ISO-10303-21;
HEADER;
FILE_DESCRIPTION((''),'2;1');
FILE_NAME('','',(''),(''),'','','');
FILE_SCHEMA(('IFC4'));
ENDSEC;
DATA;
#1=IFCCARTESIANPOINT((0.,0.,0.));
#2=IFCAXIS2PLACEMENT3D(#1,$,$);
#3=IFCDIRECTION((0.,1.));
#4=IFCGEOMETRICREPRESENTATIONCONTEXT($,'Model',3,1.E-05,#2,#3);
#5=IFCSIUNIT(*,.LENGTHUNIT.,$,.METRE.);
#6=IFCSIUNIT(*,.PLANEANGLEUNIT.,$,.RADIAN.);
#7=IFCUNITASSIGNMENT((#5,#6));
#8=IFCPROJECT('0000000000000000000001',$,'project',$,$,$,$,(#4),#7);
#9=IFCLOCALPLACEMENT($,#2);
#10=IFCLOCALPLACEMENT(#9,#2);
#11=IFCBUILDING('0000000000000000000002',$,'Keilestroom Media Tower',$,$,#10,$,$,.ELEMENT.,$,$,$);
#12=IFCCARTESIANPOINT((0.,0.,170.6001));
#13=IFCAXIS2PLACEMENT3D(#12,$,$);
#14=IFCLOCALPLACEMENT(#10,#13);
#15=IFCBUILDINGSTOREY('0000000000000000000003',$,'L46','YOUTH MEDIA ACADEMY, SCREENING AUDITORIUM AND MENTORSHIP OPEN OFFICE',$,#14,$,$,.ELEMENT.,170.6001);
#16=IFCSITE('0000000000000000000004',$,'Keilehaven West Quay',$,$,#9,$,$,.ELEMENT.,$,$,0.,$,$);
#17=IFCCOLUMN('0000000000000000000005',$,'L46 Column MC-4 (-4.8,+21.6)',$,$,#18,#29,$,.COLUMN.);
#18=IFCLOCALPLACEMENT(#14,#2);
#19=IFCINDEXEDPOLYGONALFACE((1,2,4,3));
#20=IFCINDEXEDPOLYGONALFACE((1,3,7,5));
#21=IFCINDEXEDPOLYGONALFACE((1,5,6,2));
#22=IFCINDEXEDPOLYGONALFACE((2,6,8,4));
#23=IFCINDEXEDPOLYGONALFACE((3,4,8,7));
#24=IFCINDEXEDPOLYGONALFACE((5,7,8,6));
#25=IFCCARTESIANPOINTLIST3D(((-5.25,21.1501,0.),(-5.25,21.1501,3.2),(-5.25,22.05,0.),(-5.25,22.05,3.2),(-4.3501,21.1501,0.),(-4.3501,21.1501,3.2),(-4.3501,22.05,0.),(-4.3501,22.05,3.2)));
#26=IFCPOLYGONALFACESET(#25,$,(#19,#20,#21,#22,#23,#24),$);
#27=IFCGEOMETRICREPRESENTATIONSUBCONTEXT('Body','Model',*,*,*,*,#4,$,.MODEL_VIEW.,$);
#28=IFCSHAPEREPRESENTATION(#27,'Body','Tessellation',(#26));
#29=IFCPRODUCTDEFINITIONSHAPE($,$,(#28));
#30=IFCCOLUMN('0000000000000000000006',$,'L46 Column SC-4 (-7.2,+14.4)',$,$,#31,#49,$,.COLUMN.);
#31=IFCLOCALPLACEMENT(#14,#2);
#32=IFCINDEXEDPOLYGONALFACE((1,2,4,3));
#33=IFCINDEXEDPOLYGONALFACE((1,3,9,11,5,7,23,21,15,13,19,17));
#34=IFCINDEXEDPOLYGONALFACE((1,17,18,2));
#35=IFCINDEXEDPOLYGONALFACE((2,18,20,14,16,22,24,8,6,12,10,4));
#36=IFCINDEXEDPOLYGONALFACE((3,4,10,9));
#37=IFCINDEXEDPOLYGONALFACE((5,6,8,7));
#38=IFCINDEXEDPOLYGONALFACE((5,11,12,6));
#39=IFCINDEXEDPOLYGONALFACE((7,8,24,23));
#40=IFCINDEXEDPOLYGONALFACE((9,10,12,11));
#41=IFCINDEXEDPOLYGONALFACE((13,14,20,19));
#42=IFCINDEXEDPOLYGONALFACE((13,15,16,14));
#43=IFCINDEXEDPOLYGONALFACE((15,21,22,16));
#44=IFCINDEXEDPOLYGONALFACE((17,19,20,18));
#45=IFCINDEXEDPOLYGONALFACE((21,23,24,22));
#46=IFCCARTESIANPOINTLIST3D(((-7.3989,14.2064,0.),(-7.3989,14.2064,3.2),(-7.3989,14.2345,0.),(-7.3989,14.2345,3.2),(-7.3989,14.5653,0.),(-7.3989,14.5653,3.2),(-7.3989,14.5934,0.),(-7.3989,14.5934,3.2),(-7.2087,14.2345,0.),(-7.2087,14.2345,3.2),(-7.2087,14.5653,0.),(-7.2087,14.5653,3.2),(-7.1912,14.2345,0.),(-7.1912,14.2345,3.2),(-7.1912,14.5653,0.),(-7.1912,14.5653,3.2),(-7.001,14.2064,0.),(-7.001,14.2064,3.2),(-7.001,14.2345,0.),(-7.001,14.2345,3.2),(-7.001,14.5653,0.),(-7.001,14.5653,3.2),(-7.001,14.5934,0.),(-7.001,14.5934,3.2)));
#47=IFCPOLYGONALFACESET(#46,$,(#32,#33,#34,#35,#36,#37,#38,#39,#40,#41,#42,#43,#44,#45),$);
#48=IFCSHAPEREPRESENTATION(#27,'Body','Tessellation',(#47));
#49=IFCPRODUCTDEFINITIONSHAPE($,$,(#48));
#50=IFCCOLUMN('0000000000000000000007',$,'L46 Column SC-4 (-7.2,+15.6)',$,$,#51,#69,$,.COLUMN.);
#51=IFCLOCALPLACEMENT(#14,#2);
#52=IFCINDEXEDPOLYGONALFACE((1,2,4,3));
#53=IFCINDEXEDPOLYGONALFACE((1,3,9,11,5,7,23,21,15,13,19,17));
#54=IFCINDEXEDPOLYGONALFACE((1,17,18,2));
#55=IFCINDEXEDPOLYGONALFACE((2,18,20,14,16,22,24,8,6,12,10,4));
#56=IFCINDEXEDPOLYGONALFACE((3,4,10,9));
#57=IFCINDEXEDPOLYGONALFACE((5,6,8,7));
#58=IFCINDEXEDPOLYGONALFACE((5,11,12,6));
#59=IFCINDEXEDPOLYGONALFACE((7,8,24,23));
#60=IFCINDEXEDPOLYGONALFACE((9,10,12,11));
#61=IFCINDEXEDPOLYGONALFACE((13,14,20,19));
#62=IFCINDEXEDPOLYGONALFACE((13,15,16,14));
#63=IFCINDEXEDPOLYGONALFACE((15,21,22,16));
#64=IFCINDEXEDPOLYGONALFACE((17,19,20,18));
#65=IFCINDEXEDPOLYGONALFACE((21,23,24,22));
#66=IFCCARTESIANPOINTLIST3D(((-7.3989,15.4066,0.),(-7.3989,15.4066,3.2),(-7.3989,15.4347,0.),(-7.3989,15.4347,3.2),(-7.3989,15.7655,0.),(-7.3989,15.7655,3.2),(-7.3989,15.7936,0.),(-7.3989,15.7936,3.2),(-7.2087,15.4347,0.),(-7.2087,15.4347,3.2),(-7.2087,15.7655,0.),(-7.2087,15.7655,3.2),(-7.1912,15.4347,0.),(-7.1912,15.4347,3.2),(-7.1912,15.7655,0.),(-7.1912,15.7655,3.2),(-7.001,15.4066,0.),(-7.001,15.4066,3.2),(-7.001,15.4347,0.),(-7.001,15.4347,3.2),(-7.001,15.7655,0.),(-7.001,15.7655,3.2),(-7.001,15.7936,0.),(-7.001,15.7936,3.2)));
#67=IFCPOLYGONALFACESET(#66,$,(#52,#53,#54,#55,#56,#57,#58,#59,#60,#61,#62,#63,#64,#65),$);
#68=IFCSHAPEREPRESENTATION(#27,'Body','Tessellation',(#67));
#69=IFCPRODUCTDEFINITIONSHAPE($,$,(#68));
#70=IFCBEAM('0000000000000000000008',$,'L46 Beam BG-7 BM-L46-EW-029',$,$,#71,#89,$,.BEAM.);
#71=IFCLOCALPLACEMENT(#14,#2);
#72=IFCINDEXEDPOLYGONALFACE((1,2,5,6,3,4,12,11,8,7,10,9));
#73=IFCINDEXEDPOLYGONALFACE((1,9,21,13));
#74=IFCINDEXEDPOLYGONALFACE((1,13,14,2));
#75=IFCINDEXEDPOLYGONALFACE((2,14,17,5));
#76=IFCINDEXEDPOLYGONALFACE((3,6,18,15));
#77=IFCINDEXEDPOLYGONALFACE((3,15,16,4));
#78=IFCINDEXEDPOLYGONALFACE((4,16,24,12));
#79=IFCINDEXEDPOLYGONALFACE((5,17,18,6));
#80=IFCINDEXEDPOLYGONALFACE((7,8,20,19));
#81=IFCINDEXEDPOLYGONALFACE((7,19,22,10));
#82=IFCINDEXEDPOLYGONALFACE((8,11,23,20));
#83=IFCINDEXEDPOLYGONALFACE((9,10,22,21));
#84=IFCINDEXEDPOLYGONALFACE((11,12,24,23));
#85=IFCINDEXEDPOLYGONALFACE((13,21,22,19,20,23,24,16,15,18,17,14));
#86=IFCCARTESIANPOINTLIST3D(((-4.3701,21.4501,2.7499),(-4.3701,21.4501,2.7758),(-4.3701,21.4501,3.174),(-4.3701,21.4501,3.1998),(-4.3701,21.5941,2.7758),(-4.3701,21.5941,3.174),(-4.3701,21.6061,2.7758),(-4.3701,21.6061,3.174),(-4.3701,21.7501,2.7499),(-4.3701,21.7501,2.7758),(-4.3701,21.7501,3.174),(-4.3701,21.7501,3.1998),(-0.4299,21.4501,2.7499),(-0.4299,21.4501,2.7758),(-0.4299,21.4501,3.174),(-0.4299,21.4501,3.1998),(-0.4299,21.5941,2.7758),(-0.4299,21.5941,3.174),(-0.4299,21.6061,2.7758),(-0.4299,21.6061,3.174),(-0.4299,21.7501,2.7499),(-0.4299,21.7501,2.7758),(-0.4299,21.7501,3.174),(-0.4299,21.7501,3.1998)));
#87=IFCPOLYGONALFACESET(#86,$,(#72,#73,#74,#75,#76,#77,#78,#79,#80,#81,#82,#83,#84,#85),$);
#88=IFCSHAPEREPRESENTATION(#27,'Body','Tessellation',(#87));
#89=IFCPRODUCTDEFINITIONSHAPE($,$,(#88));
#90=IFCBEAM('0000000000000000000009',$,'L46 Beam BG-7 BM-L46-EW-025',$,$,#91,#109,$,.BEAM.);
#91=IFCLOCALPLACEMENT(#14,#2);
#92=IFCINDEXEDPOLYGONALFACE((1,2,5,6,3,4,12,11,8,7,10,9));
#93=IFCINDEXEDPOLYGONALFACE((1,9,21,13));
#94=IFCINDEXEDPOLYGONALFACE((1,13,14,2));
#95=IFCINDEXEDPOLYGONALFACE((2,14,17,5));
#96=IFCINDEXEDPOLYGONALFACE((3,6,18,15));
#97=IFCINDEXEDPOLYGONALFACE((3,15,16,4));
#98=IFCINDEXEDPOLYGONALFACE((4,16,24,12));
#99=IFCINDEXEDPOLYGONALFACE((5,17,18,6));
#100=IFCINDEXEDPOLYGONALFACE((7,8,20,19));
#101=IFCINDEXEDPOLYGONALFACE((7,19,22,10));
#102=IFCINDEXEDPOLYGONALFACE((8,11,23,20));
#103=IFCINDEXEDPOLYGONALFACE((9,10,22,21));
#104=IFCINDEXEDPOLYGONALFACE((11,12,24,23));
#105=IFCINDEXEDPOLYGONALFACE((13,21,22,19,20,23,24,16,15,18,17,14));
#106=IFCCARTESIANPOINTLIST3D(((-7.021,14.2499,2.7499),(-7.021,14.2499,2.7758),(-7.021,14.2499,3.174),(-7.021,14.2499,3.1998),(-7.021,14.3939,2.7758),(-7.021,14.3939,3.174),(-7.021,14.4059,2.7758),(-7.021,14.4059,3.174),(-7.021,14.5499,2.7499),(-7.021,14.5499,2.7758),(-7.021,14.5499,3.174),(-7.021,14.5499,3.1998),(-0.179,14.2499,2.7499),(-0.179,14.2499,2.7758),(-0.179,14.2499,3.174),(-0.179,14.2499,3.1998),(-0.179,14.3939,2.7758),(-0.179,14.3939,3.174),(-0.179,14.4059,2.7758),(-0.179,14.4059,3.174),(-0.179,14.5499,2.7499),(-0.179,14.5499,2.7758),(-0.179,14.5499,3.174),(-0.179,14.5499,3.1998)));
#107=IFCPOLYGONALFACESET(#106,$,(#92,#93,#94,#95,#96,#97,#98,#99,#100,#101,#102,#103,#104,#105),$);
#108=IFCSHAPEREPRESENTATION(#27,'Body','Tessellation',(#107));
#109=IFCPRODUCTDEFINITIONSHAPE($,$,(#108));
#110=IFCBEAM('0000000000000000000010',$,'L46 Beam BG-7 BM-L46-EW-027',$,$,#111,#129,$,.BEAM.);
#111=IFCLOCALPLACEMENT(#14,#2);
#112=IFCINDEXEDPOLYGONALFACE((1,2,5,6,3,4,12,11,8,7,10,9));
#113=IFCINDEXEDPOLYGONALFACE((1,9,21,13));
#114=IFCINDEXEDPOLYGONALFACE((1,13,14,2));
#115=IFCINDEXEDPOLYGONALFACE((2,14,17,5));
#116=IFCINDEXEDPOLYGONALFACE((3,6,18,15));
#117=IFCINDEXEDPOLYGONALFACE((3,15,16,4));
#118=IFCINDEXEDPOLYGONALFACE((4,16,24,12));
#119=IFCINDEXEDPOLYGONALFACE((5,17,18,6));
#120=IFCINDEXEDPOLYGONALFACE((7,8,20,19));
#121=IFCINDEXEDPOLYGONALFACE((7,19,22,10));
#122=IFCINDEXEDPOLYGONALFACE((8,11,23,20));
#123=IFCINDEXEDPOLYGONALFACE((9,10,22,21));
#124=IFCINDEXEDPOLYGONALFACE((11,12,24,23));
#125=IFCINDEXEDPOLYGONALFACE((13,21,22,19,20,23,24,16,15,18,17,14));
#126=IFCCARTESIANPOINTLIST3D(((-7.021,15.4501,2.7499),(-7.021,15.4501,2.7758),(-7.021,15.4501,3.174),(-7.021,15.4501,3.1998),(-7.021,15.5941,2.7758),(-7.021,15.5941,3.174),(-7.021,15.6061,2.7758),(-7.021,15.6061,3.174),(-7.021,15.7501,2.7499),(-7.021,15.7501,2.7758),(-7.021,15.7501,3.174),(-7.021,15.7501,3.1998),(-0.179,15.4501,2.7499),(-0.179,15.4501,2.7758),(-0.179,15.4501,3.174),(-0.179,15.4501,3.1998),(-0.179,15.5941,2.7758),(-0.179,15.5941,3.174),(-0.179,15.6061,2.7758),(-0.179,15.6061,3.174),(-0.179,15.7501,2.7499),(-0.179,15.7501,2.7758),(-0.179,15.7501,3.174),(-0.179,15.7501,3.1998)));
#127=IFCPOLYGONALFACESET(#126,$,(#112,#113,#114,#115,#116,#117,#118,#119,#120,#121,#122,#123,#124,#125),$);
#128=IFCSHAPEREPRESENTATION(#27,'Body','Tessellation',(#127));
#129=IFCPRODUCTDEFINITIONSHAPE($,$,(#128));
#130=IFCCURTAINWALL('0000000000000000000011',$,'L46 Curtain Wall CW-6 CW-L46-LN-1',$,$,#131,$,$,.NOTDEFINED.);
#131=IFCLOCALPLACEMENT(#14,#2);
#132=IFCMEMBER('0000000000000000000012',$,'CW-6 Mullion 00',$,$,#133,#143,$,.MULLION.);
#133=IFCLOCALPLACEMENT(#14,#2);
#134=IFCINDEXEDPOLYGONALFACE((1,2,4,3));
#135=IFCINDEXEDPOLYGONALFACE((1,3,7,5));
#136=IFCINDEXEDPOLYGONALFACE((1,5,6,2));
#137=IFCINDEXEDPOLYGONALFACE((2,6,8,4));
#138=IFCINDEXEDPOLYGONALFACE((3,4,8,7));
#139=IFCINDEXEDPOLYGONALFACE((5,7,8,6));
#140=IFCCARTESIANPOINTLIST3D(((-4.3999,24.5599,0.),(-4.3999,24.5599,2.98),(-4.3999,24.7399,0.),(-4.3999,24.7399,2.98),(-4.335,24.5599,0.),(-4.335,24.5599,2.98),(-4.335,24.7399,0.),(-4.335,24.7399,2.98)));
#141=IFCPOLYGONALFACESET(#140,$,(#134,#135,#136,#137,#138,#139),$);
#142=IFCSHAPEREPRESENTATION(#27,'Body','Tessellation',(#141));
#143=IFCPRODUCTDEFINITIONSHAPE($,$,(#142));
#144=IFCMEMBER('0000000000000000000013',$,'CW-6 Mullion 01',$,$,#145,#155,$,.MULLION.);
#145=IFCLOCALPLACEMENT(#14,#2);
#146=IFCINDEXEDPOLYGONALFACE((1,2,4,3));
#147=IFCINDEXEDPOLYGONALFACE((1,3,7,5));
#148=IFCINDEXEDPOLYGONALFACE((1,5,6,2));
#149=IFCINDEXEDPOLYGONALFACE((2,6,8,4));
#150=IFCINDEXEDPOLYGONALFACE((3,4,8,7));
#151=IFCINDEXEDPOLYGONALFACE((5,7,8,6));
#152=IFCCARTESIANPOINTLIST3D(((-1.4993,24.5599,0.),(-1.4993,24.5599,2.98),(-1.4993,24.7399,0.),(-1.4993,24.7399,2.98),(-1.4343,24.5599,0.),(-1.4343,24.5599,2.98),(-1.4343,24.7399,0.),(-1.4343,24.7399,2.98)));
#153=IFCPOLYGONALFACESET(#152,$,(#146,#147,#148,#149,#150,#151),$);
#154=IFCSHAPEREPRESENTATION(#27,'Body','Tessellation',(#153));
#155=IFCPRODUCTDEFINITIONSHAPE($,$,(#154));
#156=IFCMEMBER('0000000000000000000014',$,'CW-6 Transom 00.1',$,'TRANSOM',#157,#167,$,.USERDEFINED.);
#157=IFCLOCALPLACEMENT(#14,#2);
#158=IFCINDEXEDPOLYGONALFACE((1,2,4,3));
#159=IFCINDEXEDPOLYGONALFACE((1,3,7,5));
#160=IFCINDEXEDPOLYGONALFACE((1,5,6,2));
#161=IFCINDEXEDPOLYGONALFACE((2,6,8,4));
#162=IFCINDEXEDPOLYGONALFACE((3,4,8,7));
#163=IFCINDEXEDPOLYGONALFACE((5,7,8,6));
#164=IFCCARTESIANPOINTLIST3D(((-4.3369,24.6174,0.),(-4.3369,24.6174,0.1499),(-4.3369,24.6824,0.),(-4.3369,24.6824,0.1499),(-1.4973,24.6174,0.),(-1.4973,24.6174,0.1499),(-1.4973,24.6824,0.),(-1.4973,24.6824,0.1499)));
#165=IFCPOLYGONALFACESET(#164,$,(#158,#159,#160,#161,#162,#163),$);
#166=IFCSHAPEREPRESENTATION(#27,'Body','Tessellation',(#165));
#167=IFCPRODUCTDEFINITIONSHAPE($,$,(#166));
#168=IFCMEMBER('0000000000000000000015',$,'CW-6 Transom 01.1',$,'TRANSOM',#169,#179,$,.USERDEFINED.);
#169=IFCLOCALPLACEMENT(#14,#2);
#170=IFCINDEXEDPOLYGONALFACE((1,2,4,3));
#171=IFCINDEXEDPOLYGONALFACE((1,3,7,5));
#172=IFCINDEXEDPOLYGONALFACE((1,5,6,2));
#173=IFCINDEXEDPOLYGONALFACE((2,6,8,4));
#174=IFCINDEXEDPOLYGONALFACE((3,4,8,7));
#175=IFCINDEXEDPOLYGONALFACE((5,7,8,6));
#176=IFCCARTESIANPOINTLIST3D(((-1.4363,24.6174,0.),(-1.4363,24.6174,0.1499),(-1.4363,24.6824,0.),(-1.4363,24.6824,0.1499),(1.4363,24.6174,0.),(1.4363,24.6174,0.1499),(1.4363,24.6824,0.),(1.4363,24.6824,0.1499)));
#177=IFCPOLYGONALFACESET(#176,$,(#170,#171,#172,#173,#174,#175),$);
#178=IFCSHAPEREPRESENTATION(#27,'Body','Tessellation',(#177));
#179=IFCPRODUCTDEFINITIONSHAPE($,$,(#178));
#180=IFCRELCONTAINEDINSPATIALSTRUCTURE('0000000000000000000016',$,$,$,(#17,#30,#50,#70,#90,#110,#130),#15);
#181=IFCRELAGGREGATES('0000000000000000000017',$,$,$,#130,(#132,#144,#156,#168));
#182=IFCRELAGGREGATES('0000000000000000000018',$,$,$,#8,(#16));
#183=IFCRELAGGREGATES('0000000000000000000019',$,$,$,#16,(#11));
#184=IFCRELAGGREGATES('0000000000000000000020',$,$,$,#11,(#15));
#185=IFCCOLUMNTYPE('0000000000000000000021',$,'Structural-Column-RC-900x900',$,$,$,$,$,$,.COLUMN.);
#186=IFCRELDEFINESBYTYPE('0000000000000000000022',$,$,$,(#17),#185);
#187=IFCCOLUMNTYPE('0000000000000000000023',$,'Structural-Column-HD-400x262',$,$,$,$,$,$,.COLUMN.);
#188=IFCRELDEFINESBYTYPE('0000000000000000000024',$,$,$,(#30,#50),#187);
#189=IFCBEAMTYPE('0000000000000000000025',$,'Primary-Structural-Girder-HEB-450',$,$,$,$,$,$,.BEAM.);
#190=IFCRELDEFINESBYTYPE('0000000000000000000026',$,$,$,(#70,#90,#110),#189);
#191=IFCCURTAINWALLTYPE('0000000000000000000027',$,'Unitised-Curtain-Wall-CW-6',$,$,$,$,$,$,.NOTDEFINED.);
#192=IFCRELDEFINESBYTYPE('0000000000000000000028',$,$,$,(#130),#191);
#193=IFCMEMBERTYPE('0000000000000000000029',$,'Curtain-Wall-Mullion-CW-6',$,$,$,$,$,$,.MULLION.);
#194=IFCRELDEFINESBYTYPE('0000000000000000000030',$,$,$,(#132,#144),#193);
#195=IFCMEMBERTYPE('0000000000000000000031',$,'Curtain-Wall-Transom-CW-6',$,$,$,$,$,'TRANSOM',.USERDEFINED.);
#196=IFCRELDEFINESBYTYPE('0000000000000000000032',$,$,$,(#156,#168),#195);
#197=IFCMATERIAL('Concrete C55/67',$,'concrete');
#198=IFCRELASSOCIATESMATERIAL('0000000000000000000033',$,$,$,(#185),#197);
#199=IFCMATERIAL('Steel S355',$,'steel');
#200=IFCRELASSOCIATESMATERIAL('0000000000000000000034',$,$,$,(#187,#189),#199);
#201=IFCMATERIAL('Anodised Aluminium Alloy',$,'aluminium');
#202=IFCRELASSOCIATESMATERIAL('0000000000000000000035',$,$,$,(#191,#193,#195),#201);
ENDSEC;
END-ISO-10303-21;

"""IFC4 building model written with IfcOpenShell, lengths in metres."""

from ifc_helpers import new_model, si_unit, direction, frame, origin, origin_2d, place, context, subcontext, project, spatial, rectangle, i_section, extrude, source, transform, mapped, material, material_profile, profile_set, type_object, element, aggregate, save


model = new_model("IFC4")

# Units and contexts
model_context = context("Model", 3, precision=1e-05, world=origin(), true_north=direction((0.0, 1.0)))
body_context = subcontext(model_context, "Body", "Model", "MODEL_VIEW")
ifc_project = project(units=[si_unit("LENGTHUNIT", "METRE"), si_unit("PLANEANGLEUNIT", "RADIAN")], contexts=[model_context])

# Site, building, storey
site_placement = place(None, origin())
site = spatial("IfcSite", under=ifc_project, at=site_placement, Name="Keilehaven West Quay", CompositionType="ELEMENT", RefElevation=0.0)
building_placement = place(site_placement, origin())
building = spatial("IfcBuilding", under=site, at=building_placement, Name="Keilestroom Media Tower", CompositionType="ELEMENT")
storey_placement = place(building_placement, frame((0.0, 0.0, 170.6001)))
storey = spatial("IfcBuildingStorey", under=building, at=storey_placement, Name="L46", Description="YOUTH MEDIA ACADEMY, SCREENING AUDITORIUM AND MENTORSHIP OPEN OFFICE", CompositionType="ELEMENT", Elevation=170.6001)

# Columns
ifc_material_1 = material(Name="Concrete C55/67", Category="concrete")
ifc_material_profile_1 = material_profile(ifc_material_1, rectangle(XDim=0.8999, YDim=0.8999, at=origin_2d()), Name="RC 900x900")
ifc_profile_set_1 = profile_set([ifc_material_profile_1], Name="Concrete C55/67")
column_type_1 = type_object("IfcColumnType", Name="Structural-Column-RC-900x900", PredefinedType="COLUMN", material=ifc_profile_set_1)
shared_shape_1 = source(origin(), body_context, "Body", "SweptSolid", [
    extrude(rectangle(XDim=0.8999, YDim=0.8999, at=origin_2d()), origin(), (0.0, 0.0, 1.0), 3.2),
])
column_placement = place(storey_placement, frame((-4.8, 21.6001, 0.0), z_axis=(0.0, 0.0, 1.0), x_axis=(1.0, 0.0, 0.0)))
element("IfcColumn", 1, at=column_placement, inside=storey, type_object=column_type_1, Name="L46 Column MC-4 (-4.8,+21.6)", PredefinedType="COLUMN", context=body_context, shape_type="MappedRepresentation", body=[
    mapped(shared_shape_1, transform((0.0, 0.0, 0.0), x_axis=(1.0, 0.0, 0.0), y_axis=(0.0, 1.0, 0.0), z_axis=(0.0, 0.0, 1.0), scale=1.0)),
])
ifc_material_2 = material(Name="Steel S355", Category="steel")
ifc_material_profile_2 = material_profile(ifc_material_2, i_section(OverallWidth=0.3979, OverallDepth=0.387, WebThickness=0.0176, FlangeThickness=0.0281, at=origin_2d()), Name="HD 400x262")
ifc_profile_set_2 = profile_set([ifc_material_profile_2], Name="Steel S355")
column_type_2 = type_object("IfcColumnType", Name="Structural-Column-HD-400x262", PredefinedType="COLUMN", material=ifc_profile_set_2)
shared_shape_2 = source(origin(), body_context, "Body", "SweptSolid", [
    extrude(i_section(OverallWidth=0.3979, OverallDepth=0.387, WebThickness=0.0176, FlangeThickness=0.0281, at=origin_2d()), origin(), (0.0, 0.0, 1.0), 3.2),
])
for number, where, z_axis, x_axis, name in (
    (2, (-7.2, 14.3999, 0.0), (0.0, 0.0, 1.0), (1.0, 0.0, 0.0), "L46 Column SC-4 (-7.2,+14.4)"),
    (3, (-7.2, 15.6001, 0.0), (0.0, 0.0, 1.0), (1.0, 0.0, 0.0), "L46 Column SC-4 (-7.2,+15.6)"),
):
    element("IfcColumn", number, at=place(storey_placement, frame(where, z_axis=z_axis, x_axis=x_axis)), inside=storey, type_object=column_type_2, Name=name, PredefinedType="COLUMN", context=body_context, shape_type="MappedRepresentation", body=[
        mapped(shared_shape_2, transform((0.0, 0.0, 0.0), x_axis=(1.0, 0.0, 0.0), y_axis=(0.0, 1.0, 0.0), z_axis=(0.0, 0.0, 1.0), scale=1.0)),
    ])

# Beams
ifc_material_profile_3 = material_profile(ifc_material_2, i_section(OverallWidth=0.3, OverallDepth=0.45, WebThickness=0.012, FlangeThickness=0.0259, at=origin_2d()), Name="HEB 450")
ifc_profile_set_3 = profile_set([ifc_material_profile_3], Name="Steel S355")
beam_type = type_object("IfcBeamType", Name="Primary-Structural-Girder-HEB-450", PredefinedType="BEAM", material=ifc_profile_set_3)
shared_shape_3 = source(origin(), body_context, "Body", "SweptSolid", [
    extrude(i_section(OverallWidth=0.3, OverallDepth=0.45, WebThickness=0.012, FlangeThickness=0.0259, at=origin_2d()), origin(), (0.0, 0.0, 1.0), 3.9402),
])
beam_placement = place(storey_placement, frame((-4.3701, 21.6001, 2.9749), z_axis=(1.0, 0.0, 0.0), x_axis=(0.0, 1.0, 0.0)))
element("IfcBeam", 4, at=beam_placement, inside=storey, type_object=beam_type, Name="L46 Beam BG-7 BM-L46-EW-029", PredefinedType="BEAM", context=body_context, shape_type="MappedRepresentation", body=[
    mapped(shared_shape_3, transform((0.0, 0.0, 0.0), x_axis=(1.0, 0.0, 0.0), y_axis=(0.0, 1.0, 0.0), z_axis=(0.0, 0.0, 1.0), scale=1.0)),
])
shared_shape_4 = source(origin(), body_context, "Body", "SweptSolid", [
    extrude(i_section(OverallWidth=0.3, OverallDepth=0.45, WebThickness=0.012, FlangeThickness=0.0259, at=origin_2d()), origin(), (0.0, 0.0, 1.0), 6.842),
])
for number, where, z_axis, x_axis, name in (
    (5, (-7.021, 14.3999, 2.9749), (1.0, 0.0, 0.0), (0.0, 1.0, 0.0), "L46 Beam BG-7 BM-L46-EW-025"),
    (6, (-7.021, 15.6001, 2.9749), (1.0, 0.0, 0.0), (0.0, 1.0, 0.0), "L46 Beam BG-7 BM-L46-EW-027"),
):
    element("IfcBeam", number, at=place(storey_placement, frame(where, z_axis=z_axis, x_axis=x_axis)), inside=storey, type_object=beam_type, Name=name, PredefinedType="BEAM", context=body_context, shape_type="MappedRepresentation", body=[
        mapped(shared_shape_4, transform((0.0, 0.0, 0.0), x_axis=(1.0, 0.0, 0.0), y_axis=(0.0, 1.0, 0.0), z_axis=(0.0, 0.0, 1.0), scale=1.0)),
    ])

# Curtain wall, members
ifc_material_3 = material(Name="Anodised Aluminium Alloy", Category="aluminium")
curtain_wall_type = type_object("IfcCurtainWallType", Name="Unitised-Curtain-Wall-CW-6", PredefinedType="NOTDEFINED", material=ifc_material_3)
curtain_wall_placement = place(storey_placement, origin())
curtain_wall = element("IfcCurtainWall", 7, at=curtain_wall_placement, inside=storey, type_object=curtain_wall_type, Name="L46 Curtain Wall CW-6 CW-L46-LN-1", PredefinedType="NOTDEFINED")
ifc_material_profile_4 = material_profile(ifc_material_3, rectangle(XDim=0.0649, YDim=0.1799, at=origin_2d()), Name="ALU MULLION 65x180")
ifc_profile_set_4 = profile_set([ifc_material_profile_4], Name="Anodised Aluminium Alloy")
member_type_1 = type_object("IfcMemberType", Name="Curtain-Wall-Mullion-CW-6", PredefinedType="MULLION", material=ifc_profile_set_4)
shared_shape_5 = source(origin(), body_context, "Body", "SweptSolid", [
    extrude(rectangle(XDim=0.0649, YDim=0.1799, at=origin_2d()), origin(), (0.0, 0.0, 1.0), 2.98),
])
member_1_placement = place(storey_placement, frame((-4.3674, 24.6499, 0.0), z_axis=(0.0, 0.0, 1.0), x_axis=(1.0, 0.0, 0.0)))
member_1 = element("IfcMember", 8, at=member_1_placement, type_object=member_type_1, Name="CW-6 Mullion 00", PredefinedType="MULLION", context=body_context, shape_type="MappedRepresentation", body=[
    mapped(shared_shape_5, transform((0.0, 0.0, 0.0), x_axis=(1.0, 0.0, 0.0), y_axis=(0.0, 1.0, 0.0), z_axis=(0.0, 0.0, 1.0), scale=1.0)),
])
member_2_placement = place(storey_placement, frame((-1.4668, 24.6499, 0.0), z_axis=(0.0, 0.0, 1.0), x_axis=(1.0, 0.0, 0.0)))
member_2 = element("IfcMember", 9, at=member_2_placement, type_object=member_type_1, Name="CW-6 Mullion 01", PredefinedType="MULLION", context=body_context, shape_type="MappedRepresentation", body=[
    mapped(shared_shape_5, transform((0.0, 0.0, 0.0), x_axis=(1.0, 0.0, 0.0), y_axis=(0.0, 1.0, 0.0), z_axis=(0.0, 0.0, 1.0), scale=1.0)),
])
ifc_material_profile_5 = material_profile(ifc_material_3, rectangle(XDim=0.0649, YDim=0.1499, at=origin_2d()), Name="ALU TRANSOM 65x150")
ifc_profile_set_5 = profile_set([ifc_material_profile_5], Name="Anodised Aluminium Alloy")
member_type_2 = type_object("IfcMemberType", Name="Curtain-Wall-Transom-CW-6", ElementType="TRANSOM", PredefinedType="USERDEFINED", material=ifc_profile_set_5)
shared_shape_6 = source(origin(), body_context, "Body", "SweptSolid", [
    extrude(rectangle(XDim=0.0649, YDim=0.1499, at=origin_2d()), origin(), (0.0, 0.0, 1.0), 2.8396),
])
member_3_placement = place(storey_placement, frame((-4.3369, 24.6499, 0.075), z_axis=(1.0, 0.0, 0.0), x_axis=(0.0, 1.0, 0.0)))
member_3 = element("IfcMember", 10, at=member_3_placement, type_object=member_type_2, Name="CW-6 Transom 00.1", ObjectType="TRANSOM", PredefinedType="USERDEFINED", context=body_context, shape_type="MappedRepresentation", body=[
    mapped(shared_shape_6, transform((0.0, 0.0, 0.0), x_axis=(1.0, 0.0, 0.0), y_axis=(0.0, 1.0, 0.0), z_axis=(0.0, 0.0, 1.0), scale=1.0)),
])
shared_shape_7 = source(origin(), body_context, "Body", "SweptSolid", [
    extrude(rectangle(XDim=0.0649, YDim=0.1499, at=origin_2d()), origin(), (0.0, 0.0, 1.0), 2.8726),
])
member_4_placement = place(storey_placement, frame((-1.4363, 24.6499, 0.075), z_axis=(1.0, 0.0, 0.0), x_axis=(0.0, 1.0, 0.0)))
member_4 = element("IfcMember", 11, at=member_4_placement, type_object=member_type_2, Name="CW-6 Transom 01.1", ObjectType="TRANSOM", PredefinedType="USERDEFINED", context=body_context, shape_type="MappedRepresentation", body=[
    mapped(shared_shape_7, transform((0.0, 0.0, 0.0), x_axis=(1.0, 0.0, 0.0), y_axis=(0.0, 1.0, 0.0), z_axis=(0.0, 0.0, 1.0), scale=1.0)),
])
aggregate(curtain_wall, [member_1, member_2, member_3, member_4])

save(model, "model.ifc")
